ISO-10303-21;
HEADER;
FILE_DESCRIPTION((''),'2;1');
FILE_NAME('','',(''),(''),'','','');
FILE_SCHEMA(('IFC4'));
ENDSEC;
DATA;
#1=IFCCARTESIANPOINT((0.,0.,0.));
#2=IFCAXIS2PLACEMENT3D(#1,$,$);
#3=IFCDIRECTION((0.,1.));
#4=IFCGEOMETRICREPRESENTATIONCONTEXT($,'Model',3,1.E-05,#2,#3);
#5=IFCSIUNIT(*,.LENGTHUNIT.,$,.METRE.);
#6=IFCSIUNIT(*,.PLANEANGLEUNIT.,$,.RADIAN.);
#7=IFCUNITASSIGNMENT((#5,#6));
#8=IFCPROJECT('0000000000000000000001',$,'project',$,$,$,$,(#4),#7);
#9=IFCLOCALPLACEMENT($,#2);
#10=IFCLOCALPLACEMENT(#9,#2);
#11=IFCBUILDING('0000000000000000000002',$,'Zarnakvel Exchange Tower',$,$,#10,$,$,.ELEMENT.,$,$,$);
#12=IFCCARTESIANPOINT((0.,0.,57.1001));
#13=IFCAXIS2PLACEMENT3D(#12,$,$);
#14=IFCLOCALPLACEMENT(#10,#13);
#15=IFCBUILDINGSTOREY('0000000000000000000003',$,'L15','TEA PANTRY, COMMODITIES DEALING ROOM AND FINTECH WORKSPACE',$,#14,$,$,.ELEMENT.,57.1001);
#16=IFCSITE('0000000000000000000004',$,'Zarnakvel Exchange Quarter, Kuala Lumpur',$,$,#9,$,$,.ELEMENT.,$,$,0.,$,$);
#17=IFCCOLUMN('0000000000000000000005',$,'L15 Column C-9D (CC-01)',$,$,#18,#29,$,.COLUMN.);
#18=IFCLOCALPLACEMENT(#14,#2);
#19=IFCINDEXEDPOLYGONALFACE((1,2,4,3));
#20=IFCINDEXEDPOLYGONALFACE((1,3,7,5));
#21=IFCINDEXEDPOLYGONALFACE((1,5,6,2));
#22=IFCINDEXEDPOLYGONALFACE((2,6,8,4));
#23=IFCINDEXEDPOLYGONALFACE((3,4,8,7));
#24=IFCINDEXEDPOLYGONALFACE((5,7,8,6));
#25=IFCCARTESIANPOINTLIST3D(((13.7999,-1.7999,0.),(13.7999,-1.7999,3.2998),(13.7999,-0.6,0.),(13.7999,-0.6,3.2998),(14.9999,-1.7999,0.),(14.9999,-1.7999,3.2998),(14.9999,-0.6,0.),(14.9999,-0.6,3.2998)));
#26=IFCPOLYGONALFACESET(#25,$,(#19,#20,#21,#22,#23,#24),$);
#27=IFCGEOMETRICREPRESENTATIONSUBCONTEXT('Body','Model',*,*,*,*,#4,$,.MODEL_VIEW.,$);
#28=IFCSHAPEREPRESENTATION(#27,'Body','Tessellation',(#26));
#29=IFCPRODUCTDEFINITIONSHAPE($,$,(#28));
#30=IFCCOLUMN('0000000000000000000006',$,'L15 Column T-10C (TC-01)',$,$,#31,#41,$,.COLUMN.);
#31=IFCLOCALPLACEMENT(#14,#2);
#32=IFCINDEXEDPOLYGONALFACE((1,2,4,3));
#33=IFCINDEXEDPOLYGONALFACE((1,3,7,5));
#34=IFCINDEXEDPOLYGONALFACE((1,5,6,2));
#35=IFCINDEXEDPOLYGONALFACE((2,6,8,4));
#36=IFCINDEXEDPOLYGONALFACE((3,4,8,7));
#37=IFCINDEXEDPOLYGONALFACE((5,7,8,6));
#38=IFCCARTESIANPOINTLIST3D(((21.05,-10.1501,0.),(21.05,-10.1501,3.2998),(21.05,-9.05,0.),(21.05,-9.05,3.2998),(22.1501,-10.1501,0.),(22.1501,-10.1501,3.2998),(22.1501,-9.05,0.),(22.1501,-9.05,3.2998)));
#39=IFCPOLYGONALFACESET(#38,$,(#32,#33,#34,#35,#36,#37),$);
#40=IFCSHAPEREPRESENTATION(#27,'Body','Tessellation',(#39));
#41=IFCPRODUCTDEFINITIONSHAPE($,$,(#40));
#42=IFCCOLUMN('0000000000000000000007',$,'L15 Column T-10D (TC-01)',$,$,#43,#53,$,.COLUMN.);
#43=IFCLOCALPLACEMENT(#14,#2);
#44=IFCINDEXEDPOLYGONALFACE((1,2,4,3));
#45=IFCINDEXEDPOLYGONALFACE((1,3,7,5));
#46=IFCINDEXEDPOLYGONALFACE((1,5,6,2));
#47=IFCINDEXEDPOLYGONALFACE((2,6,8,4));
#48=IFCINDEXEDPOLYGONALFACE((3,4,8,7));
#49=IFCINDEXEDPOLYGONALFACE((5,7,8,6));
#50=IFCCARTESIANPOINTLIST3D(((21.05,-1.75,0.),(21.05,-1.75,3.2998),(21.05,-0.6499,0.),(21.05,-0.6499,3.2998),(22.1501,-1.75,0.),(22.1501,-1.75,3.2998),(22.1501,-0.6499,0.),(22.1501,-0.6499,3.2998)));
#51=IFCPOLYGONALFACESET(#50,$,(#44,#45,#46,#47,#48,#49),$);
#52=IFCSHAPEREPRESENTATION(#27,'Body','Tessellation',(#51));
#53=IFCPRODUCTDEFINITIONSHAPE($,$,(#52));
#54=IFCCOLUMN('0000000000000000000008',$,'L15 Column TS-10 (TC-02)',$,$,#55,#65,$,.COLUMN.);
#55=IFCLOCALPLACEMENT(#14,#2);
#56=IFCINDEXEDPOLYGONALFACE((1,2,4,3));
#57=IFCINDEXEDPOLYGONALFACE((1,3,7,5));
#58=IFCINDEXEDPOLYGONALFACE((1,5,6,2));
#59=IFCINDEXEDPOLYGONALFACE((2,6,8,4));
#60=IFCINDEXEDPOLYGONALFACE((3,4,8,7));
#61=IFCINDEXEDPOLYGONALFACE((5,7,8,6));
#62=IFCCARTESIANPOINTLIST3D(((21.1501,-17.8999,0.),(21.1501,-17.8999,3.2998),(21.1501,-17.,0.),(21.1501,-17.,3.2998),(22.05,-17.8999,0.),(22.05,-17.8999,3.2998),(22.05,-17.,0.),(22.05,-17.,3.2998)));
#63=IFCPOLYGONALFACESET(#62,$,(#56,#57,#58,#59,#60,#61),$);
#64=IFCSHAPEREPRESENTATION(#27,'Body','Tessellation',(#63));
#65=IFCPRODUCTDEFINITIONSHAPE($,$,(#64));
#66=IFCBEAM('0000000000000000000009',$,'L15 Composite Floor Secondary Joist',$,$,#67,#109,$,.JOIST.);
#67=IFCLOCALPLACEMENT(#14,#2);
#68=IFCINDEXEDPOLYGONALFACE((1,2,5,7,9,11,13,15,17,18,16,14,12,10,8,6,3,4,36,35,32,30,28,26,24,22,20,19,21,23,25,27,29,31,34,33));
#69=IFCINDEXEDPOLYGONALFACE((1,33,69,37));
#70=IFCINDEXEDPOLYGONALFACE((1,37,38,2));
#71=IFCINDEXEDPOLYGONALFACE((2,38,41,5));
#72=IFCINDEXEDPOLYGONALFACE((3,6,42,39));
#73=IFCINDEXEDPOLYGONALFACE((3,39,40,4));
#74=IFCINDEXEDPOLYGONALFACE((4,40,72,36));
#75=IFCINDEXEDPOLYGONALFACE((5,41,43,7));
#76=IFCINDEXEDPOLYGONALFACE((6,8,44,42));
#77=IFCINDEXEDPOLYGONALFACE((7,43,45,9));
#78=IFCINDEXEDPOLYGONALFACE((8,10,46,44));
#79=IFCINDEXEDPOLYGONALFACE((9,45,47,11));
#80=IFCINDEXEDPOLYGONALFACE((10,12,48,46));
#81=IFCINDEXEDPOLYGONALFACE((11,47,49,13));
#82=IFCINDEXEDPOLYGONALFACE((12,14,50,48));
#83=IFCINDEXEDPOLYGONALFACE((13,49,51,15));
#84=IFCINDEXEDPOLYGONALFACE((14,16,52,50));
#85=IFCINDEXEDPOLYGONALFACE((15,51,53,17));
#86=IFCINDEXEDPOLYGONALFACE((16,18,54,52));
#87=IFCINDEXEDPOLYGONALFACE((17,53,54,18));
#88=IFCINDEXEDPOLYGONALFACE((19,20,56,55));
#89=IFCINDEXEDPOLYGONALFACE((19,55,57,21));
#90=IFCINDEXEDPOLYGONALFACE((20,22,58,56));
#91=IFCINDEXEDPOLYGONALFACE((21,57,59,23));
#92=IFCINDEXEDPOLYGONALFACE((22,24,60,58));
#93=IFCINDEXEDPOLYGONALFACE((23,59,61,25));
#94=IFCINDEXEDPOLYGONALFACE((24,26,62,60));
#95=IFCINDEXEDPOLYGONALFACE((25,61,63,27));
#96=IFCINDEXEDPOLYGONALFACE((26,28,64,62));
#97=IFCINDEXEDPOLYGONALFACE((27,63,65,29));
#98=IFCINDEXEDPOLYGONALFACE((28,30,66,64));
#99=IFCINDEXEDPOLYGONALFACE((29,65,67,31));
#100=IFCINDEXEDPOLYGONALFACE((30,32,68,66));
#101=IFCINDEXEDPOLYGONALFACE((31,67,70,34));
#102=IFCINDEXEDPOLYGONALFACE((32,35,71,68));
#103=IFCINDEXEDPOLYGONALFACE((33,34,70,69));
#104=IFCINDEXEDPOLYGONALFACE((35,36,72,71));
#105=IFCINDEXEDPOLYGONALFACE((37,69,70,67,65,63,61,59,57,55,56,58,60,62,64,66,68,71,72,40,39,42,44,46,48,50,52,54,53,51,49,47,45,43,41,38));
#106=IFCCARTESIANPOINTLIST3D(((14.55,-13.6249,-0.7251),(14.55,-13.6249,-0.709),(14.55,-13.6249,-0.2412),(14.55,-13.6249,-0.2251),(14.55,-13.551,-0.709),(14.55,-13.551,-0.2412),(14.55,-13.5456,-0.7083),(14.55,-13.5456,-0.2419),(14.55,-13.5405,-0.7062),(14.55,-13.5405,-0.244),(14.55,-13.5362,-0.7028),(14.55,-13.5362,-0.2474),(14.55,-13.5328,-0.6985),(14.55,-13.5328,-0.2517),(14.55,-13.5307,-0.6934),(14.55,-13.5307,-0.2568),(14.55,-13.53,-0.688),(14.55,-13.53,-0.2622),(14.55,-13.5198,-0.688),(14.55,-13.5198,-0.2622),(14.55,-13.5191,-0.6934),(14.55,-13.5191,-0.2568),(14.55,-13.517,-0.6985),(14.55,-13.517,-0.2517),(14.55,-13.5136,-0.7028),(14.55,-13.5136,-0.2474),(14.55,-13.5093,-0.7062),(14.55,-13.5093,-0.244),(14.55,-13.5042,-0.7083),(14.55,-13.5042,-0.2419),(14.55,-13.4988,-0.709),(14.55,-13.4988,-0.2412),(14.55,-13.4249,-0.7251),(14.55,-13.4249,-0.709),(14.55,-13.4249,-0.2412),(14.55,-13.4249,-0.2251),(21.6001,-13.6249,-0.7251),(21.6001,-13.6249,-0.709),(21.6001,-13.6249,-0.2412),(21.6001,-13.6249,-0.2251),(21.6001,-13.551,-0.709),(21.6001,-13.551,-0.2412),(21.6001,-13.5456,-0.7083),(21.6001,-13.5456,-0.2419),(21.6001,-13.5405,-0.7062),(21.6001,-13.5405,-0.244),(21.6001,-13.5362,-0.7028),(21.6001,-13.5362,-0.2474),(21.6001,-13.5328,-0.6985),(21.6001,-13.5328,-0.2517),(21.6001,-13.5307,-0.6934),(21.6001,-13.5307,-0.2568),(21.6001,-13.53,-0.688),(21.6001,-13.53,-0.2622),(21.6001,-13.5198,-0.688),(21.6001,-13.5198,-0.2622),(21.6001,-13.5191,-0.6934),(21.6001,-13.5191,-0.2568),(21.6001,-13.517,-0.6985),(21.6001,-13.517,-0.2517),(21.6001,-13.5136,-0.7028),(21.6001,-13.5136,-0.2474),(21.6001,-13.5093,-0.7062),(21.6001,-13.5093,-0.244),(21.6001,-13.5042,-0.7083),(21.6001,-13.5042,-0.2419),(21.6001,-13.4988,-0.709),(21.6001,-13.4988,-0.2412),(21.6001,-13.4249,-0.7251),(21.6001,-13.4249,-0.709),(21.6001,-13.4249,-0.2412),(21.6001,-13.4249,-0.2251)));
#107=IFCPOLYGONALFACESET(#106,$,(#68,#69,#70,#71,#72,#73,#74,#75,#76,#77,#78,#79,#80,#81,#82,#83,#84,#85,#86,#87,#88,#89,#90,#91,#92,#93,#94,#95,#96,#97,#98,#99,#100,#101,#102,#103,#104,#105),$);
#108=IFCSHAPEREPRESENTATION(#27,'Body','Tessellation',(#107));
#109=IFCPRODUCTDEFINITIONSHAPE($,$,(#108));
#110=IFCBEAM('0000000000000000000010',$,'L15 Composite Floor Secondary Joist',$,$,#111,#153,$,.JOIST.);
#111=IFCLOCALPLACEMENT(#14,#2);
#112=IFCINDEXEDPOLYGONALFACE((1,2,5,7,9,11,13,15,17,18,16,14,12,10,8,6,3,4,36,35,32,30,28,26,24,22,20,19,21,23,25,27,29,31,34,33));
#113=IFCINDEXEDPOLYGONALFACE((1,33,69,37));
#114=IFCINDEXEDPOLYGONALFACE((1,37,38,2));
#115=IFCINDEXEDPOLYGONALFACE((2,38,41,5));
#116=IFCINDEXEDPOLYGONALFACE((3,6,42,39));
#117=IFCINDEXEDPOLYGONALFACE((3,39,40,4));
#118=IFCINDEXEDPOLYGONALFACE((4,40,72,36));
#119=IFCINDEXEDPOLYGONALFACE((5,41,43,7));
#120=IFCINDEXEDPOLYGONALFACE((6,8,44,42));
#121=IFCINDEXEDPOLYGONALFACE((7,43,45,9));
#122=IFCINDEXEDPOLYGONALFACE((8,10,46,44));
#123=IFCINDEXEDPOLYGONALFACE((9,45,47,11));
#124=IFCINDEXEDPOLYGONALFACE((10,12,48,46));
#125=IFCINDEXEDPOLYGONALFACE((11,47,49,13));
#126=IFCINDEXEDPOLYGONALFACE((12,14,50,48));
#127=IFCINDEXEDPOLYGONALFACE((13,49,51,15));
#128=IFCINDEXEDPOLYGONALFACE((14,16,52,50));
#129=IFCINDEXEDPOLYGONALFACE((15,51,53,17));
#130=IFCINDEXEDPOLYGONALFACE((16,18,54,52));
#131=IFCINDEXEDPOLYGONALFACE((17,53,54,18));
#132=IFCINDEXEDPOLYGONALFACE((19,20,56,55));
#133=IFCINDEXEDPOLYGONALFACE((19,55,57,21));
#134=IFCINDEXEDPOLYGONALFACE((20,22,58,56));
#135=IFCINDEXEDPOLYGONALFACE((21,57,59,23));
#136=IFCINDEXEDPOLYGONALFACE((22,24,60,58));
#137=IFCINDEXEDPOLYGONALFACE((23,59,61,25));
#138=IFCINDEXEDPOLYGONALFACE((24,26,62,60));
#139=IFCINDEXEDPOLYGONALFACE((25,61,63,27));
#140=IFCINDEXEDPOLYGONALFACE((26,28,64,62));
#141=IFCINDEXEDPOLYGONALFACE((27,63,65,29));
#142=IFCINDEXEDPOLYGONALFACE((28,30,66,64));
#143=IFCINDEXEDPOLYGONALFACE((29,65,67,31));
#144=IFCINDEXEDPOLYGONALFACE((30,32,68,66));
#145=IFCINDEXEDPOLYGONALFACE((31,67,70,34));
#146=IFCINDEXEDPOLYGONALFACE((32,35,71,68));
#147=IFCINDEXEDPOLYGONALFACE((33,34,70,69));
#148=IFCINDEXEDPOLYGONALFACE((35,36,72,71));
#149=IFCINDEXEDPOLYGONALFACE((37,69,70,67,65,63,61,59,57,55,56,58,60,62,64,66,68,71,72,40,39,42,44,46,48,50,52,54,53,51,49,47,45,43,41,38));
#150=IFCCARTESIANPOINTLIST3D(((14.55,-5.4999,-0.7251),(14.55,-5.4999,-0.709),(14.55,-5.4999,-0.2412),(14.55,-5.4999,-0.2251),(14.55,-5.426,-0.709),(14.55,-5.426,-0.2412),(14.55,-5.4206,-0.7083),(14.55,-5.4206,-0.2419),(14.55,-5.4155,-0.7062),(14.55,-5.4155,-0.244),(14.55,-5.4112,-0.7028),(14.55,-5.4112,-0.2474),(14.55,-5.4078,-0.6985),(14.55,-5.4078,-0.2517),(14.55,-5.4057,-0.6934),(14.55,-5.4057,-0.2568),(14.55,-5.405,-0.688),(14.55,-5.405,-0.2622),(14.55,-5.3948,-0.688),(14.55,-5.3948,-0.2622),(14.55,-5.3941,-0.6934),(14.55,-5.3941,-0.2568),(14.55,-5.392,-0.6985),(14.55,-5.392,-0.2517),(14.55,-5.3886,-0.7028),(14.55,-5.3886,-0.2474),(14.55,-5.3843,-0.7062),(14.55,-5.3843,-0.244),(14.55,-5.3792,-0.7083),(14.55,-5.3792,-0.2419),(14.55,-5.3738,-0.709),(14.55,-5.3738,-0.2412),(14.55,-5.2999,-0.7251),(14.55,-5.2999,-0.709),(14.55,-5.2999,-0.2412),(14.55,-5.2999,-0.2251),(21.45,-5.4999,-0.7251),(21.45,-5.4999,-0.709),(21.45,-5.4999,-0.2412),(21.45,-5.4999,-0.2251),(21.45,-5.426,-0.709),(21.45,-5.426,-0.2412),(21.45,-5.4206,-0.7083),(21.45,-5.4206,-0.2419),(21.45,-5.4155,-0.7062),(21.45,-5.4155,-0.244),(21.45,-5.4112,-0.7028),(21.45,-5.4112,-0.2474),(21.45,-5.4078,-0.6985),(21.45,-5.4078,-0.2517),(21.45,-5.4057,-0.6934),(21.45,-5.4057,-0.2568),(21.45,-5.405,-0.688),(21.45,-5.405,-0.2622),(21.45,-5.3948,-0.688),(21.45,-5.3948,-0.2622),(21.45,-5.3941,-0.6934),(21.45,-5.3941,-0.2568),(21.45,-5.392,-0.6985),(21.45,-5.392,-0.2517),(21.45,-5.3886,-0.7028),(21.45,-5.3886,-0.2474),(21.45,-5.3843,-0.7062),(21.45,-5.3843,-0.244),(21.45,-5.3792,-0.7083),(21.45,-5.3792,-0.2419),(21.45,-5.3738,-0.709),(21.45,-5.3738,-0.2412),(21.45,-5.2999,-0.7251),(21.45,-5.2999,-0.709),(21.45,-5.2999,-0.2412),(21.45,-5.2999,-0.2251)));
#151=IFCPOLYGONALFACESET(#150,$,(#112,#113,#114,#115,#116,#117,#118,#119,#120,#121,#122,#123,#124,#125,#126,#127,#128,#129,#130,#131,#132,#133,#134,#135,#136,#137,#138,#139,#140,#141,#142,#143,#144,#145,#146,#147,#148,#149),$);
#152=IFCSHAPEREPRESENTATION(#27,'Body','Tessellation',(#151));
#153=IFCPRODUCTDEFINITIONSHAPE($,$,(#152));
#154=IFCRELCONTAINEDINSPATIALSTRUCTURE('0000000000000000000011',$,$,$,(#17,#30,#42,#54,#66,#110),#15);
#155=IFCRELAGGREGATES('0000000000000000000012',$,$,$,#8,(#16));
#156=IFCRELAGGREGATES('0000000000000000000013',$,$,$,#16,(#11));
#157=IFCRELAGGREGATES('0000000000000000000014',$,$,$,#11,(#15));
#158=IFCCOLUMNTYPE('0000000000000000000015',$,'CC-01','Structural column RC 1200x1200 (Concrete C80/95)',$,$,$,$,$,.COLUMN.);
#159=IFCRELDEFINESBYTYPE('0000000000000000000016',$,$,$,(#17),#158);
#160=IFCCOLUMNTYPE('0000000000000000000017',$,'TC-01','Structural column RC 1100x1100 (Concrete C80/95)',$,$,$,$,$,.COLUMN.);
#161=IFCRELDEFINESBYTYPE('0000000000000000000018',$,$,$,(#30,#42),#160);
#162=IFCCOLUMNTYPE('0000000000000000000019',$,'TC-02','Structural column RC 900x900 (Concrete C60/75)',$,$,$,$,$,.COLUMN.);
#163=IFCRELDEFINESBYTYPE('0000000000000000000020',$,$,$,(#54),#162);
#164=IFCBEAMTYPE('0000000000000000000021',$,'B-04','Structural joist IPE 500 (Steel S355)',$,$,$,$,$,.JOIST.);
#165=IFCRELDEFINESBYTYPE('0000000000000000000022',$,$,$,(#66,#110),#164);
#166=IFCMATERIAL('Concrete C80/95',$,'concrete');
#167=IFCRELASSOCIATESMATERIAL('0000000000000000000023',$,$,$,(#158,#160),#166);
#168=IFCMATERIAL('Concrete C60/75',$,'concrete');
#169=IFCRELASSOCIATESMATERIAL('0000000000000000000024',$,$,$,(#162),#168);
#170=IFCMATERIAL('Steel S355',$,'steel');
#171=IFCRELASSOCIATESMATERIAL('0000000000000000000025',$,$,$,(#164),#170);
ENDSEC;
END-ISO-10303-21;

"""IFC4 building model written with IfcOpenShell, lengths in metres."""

from ifc_helpers import new_model, si_unit, direction, frame, origin, origin_2d, place, context, subcontext, project, spatial, rectangle, i_section, extrude, material, material_profile, profile_set, type_object, element, save


model = new_model("IFC4")

# Units and contexts
model_context = context("Model", 3, precision=1e-05, world=origin(), true_north=direction((0.0, 1.0)))
body_context = subcontext(model_context, "Body", "Model", "MODEL_VIEW")
ifc_project = project(units=[si_unit("LENGTHUNIT", "METRE"), si_unit("PLANEANGLEUNIT", "RADIAN")], contexts=[model_context])

# Site, building, storey
site_placement = place(None, origin())
site = spatial("IfcSite", under=ifc_project, at=site_placement, Name="Zarnakvel Exchange Quarter, Kuala Lumpur", CompositionType="ELEMENT", RefElevation=0.0)
building_placement = place(site_placement, origin())
building = spatial("IfcBuilding", under=site, at=building_placement, Name="Zarnakvel Exchange Tower", CompositionType="ELEMENT")
storey_placement = place(building_placement, frame((0.0, 0.0, 57.1001)))
storey = spatial("IfcBuildingStorey", under=building, at=storey_placement, Name="L15", Description="TEA PANTRY, COMMODITIES DEALING ROOM AND FINTECH WORKSPACE", CompositionType="ELEMENT", Elevation=57.1001)

# Columns
ifc_material_1 = material(Name="Concrete C80/95", Category="concrete")
ifc_material_profile_1 = material_profile(ifc_material_1, rectangle(XDim=1.2, YDim=1.2, at=origin_2d()))
ifc_profile_set_1 = profile_set([ifc_material_profile_1], Name="Concrete C80/95")
column_type_1 = type_object("IfcColumnType", Name="CC-01", Description="Structural column RC 1200x1200 (Concrete C80/95)", PredefinedType="COLUMN", material=ifc_profile_set_1)
column_1_placement = place(storey_placement, frame((14.3999, -1.2, 0.0), z_axis=(0.0, 0.0, 1.0), x_axis=(1.0, 0.0, 0.0)))
element("IfcColumn", 1, at=column_1_placement, inside=storey, type_object=column_type_1, Name="L15 Column C-9D (CC-01)", PredefinedType="COLUMN", context=body_context, shape_type="SweptSolid", body=[
    extrude(rectangle(XDim=1.2, YDim=1.2, at=origin_2d()), origin(), (0.0, 0.0, 1.0), 3.2998),
])
ifc_material_profile_2 = material_profile(ifc_material_1, rectangle(XDim=1.1001, YDim=1.1001, at=origin_2d()))
ifc_profile_set_2 = profile_set([ifc_material_profile_2], Name="Concrete C80/95")
column_type_2 = type_object("IfcColumnType", Name="TC-01", Description="Structural column RC 1100x1100 (Concrete C80/95)", PredefinedType="COLUMN", material=ifc_profile_set_2)
for number, where, z_axis, x_axis, name in (
    (2, (21.6001, -9.6001, 0.0), (0.0, 0.0, 1.0), (1.0, 0.0, 0.0), "L15 Column T-10C (TC-01)"),
    (3, (21.6001, -1.2, 0.0), (0.0, 0.0, 1.0), (1.0, 0.0, 0.0), "L15 Column T-10D (TC-01)"),
):
    element("IfcColumn", number, at=place(storey_placement, frame(where, z_axis=z_axis, x_axis=x_axis)), inside=storey, type_object=column_type_2, Name=name, PredefinedType="COLUMN", context=body_context, shape_type="SweptSolid", body=[
        extrude(rectangle(XDim=1.1001, YDim=1.1001, at=origin_2d()), origin(), (0.0, 0.0, 1.0), 3.2998),
    ])
ifc_material_2 = material(Name="Concrete C60/75", Category="concrete")
ifc_material_profile_3 = material_profile(ifc_material_2, rectangle(XDim=0.8999, YDim=0.8999, at=origin_2d()))
ifc_profile_set_3 = profile_set([ifc_material_profile_3], Name="Concrete C60/75")
column_type_3 = type_object("IfcColumnType", Name="TC-02", Description="Structural column RC 900x900 (Concrete C60/75)", PredefinedType="COLUMN", material=ifc_profile_set_3)
column_2_placement = place(storey_placement, frame((21.6001, -17.45, 0.0), z_axis=(0.0, 0.0, 1.0), x_axis=(1.0, 0.0, 0.0)))
element("IfcColumn", 4, at=column_2_placement, inside=storey, type_object=column_type_3, Name="L15 Column TS-10 (TC-02)", PredefinedType="COLUMN", context=body_context, shape_type="SweptSolid", body=[
    extrude(rectangle(XDim=0.8999, YDim=0.8999, at=origin_2d()), origin(), (0.0, 0.0, 1.0), 3.2998),
])

# Beams
ifc_material_3 = material(Name="Steel S355", Category="steel")
ifc_material_profile_4 = material_profile(ifc_material_3, i_section(OverallWidth=0.2, OverallDepth=0.5, WebThickness=0.0103, FlangeThickness=0.0161, FilletRadius=0.021, at=origin_2d()))
ifc_profile_set_4 = profile_set([ifc_material_profile_4], Name="Steel S355")
beam_type_1 = type_object("IfcBeamType", Name="B-04", Description="Structural joist IPE 500 (Steel S355)", PredefinedType="JOIST", material=ifc_profile_set_4)
beam_1_placement = place(storey_placement, frame((14.55, -13.5249, -0.4751), z_axis=(1.0, 0.0, 0.0), x_axis=(0.0, 1.0, 0.0)))
element("IfcBeam", 5, at=beam_1_placement, inside=storey, type_object=beam_type_1, Name="L15 Composite Floor Secondary Joist", PredefinedType="JOIST", context=body_context, shape_type="SweptSolid", body=[
    extrude(i_section(OverallWidth=0.2, OverallDepth=0.5, WebThickness=0.0103, FlangeThickness=0.0161, FilletRadius=0.021, at=origin_2d()), origin(), (0.0, 0.0, 1.0), 7.05),
])
beam_2_placement = place(storey_placement, frame((14.55, -5.3999, -0.4751), z_axis=(1.0, 0.0, 0.0), x_axis=(0.0, 1.0, 0.0)))
element("IfcBeam", 6, at=beam_2_placement, inside=storey, type_object=beam_type_1, Name="L15 Composite Floor Secondary Joist", PredefinedType="JOIST", context=body_context, shape_type="SweptSolid", body=[
    extrude(i_section(OverallWidth=0.2, OverallDepth=0.5, WebThickness=0.0103, FlangeThickness=0.0161, FilletRadius=0.021, at=origin_2d()), origin(), (0.0, 0.0, 1.0), 6.8999),
])

save(model, "model.ifc")
